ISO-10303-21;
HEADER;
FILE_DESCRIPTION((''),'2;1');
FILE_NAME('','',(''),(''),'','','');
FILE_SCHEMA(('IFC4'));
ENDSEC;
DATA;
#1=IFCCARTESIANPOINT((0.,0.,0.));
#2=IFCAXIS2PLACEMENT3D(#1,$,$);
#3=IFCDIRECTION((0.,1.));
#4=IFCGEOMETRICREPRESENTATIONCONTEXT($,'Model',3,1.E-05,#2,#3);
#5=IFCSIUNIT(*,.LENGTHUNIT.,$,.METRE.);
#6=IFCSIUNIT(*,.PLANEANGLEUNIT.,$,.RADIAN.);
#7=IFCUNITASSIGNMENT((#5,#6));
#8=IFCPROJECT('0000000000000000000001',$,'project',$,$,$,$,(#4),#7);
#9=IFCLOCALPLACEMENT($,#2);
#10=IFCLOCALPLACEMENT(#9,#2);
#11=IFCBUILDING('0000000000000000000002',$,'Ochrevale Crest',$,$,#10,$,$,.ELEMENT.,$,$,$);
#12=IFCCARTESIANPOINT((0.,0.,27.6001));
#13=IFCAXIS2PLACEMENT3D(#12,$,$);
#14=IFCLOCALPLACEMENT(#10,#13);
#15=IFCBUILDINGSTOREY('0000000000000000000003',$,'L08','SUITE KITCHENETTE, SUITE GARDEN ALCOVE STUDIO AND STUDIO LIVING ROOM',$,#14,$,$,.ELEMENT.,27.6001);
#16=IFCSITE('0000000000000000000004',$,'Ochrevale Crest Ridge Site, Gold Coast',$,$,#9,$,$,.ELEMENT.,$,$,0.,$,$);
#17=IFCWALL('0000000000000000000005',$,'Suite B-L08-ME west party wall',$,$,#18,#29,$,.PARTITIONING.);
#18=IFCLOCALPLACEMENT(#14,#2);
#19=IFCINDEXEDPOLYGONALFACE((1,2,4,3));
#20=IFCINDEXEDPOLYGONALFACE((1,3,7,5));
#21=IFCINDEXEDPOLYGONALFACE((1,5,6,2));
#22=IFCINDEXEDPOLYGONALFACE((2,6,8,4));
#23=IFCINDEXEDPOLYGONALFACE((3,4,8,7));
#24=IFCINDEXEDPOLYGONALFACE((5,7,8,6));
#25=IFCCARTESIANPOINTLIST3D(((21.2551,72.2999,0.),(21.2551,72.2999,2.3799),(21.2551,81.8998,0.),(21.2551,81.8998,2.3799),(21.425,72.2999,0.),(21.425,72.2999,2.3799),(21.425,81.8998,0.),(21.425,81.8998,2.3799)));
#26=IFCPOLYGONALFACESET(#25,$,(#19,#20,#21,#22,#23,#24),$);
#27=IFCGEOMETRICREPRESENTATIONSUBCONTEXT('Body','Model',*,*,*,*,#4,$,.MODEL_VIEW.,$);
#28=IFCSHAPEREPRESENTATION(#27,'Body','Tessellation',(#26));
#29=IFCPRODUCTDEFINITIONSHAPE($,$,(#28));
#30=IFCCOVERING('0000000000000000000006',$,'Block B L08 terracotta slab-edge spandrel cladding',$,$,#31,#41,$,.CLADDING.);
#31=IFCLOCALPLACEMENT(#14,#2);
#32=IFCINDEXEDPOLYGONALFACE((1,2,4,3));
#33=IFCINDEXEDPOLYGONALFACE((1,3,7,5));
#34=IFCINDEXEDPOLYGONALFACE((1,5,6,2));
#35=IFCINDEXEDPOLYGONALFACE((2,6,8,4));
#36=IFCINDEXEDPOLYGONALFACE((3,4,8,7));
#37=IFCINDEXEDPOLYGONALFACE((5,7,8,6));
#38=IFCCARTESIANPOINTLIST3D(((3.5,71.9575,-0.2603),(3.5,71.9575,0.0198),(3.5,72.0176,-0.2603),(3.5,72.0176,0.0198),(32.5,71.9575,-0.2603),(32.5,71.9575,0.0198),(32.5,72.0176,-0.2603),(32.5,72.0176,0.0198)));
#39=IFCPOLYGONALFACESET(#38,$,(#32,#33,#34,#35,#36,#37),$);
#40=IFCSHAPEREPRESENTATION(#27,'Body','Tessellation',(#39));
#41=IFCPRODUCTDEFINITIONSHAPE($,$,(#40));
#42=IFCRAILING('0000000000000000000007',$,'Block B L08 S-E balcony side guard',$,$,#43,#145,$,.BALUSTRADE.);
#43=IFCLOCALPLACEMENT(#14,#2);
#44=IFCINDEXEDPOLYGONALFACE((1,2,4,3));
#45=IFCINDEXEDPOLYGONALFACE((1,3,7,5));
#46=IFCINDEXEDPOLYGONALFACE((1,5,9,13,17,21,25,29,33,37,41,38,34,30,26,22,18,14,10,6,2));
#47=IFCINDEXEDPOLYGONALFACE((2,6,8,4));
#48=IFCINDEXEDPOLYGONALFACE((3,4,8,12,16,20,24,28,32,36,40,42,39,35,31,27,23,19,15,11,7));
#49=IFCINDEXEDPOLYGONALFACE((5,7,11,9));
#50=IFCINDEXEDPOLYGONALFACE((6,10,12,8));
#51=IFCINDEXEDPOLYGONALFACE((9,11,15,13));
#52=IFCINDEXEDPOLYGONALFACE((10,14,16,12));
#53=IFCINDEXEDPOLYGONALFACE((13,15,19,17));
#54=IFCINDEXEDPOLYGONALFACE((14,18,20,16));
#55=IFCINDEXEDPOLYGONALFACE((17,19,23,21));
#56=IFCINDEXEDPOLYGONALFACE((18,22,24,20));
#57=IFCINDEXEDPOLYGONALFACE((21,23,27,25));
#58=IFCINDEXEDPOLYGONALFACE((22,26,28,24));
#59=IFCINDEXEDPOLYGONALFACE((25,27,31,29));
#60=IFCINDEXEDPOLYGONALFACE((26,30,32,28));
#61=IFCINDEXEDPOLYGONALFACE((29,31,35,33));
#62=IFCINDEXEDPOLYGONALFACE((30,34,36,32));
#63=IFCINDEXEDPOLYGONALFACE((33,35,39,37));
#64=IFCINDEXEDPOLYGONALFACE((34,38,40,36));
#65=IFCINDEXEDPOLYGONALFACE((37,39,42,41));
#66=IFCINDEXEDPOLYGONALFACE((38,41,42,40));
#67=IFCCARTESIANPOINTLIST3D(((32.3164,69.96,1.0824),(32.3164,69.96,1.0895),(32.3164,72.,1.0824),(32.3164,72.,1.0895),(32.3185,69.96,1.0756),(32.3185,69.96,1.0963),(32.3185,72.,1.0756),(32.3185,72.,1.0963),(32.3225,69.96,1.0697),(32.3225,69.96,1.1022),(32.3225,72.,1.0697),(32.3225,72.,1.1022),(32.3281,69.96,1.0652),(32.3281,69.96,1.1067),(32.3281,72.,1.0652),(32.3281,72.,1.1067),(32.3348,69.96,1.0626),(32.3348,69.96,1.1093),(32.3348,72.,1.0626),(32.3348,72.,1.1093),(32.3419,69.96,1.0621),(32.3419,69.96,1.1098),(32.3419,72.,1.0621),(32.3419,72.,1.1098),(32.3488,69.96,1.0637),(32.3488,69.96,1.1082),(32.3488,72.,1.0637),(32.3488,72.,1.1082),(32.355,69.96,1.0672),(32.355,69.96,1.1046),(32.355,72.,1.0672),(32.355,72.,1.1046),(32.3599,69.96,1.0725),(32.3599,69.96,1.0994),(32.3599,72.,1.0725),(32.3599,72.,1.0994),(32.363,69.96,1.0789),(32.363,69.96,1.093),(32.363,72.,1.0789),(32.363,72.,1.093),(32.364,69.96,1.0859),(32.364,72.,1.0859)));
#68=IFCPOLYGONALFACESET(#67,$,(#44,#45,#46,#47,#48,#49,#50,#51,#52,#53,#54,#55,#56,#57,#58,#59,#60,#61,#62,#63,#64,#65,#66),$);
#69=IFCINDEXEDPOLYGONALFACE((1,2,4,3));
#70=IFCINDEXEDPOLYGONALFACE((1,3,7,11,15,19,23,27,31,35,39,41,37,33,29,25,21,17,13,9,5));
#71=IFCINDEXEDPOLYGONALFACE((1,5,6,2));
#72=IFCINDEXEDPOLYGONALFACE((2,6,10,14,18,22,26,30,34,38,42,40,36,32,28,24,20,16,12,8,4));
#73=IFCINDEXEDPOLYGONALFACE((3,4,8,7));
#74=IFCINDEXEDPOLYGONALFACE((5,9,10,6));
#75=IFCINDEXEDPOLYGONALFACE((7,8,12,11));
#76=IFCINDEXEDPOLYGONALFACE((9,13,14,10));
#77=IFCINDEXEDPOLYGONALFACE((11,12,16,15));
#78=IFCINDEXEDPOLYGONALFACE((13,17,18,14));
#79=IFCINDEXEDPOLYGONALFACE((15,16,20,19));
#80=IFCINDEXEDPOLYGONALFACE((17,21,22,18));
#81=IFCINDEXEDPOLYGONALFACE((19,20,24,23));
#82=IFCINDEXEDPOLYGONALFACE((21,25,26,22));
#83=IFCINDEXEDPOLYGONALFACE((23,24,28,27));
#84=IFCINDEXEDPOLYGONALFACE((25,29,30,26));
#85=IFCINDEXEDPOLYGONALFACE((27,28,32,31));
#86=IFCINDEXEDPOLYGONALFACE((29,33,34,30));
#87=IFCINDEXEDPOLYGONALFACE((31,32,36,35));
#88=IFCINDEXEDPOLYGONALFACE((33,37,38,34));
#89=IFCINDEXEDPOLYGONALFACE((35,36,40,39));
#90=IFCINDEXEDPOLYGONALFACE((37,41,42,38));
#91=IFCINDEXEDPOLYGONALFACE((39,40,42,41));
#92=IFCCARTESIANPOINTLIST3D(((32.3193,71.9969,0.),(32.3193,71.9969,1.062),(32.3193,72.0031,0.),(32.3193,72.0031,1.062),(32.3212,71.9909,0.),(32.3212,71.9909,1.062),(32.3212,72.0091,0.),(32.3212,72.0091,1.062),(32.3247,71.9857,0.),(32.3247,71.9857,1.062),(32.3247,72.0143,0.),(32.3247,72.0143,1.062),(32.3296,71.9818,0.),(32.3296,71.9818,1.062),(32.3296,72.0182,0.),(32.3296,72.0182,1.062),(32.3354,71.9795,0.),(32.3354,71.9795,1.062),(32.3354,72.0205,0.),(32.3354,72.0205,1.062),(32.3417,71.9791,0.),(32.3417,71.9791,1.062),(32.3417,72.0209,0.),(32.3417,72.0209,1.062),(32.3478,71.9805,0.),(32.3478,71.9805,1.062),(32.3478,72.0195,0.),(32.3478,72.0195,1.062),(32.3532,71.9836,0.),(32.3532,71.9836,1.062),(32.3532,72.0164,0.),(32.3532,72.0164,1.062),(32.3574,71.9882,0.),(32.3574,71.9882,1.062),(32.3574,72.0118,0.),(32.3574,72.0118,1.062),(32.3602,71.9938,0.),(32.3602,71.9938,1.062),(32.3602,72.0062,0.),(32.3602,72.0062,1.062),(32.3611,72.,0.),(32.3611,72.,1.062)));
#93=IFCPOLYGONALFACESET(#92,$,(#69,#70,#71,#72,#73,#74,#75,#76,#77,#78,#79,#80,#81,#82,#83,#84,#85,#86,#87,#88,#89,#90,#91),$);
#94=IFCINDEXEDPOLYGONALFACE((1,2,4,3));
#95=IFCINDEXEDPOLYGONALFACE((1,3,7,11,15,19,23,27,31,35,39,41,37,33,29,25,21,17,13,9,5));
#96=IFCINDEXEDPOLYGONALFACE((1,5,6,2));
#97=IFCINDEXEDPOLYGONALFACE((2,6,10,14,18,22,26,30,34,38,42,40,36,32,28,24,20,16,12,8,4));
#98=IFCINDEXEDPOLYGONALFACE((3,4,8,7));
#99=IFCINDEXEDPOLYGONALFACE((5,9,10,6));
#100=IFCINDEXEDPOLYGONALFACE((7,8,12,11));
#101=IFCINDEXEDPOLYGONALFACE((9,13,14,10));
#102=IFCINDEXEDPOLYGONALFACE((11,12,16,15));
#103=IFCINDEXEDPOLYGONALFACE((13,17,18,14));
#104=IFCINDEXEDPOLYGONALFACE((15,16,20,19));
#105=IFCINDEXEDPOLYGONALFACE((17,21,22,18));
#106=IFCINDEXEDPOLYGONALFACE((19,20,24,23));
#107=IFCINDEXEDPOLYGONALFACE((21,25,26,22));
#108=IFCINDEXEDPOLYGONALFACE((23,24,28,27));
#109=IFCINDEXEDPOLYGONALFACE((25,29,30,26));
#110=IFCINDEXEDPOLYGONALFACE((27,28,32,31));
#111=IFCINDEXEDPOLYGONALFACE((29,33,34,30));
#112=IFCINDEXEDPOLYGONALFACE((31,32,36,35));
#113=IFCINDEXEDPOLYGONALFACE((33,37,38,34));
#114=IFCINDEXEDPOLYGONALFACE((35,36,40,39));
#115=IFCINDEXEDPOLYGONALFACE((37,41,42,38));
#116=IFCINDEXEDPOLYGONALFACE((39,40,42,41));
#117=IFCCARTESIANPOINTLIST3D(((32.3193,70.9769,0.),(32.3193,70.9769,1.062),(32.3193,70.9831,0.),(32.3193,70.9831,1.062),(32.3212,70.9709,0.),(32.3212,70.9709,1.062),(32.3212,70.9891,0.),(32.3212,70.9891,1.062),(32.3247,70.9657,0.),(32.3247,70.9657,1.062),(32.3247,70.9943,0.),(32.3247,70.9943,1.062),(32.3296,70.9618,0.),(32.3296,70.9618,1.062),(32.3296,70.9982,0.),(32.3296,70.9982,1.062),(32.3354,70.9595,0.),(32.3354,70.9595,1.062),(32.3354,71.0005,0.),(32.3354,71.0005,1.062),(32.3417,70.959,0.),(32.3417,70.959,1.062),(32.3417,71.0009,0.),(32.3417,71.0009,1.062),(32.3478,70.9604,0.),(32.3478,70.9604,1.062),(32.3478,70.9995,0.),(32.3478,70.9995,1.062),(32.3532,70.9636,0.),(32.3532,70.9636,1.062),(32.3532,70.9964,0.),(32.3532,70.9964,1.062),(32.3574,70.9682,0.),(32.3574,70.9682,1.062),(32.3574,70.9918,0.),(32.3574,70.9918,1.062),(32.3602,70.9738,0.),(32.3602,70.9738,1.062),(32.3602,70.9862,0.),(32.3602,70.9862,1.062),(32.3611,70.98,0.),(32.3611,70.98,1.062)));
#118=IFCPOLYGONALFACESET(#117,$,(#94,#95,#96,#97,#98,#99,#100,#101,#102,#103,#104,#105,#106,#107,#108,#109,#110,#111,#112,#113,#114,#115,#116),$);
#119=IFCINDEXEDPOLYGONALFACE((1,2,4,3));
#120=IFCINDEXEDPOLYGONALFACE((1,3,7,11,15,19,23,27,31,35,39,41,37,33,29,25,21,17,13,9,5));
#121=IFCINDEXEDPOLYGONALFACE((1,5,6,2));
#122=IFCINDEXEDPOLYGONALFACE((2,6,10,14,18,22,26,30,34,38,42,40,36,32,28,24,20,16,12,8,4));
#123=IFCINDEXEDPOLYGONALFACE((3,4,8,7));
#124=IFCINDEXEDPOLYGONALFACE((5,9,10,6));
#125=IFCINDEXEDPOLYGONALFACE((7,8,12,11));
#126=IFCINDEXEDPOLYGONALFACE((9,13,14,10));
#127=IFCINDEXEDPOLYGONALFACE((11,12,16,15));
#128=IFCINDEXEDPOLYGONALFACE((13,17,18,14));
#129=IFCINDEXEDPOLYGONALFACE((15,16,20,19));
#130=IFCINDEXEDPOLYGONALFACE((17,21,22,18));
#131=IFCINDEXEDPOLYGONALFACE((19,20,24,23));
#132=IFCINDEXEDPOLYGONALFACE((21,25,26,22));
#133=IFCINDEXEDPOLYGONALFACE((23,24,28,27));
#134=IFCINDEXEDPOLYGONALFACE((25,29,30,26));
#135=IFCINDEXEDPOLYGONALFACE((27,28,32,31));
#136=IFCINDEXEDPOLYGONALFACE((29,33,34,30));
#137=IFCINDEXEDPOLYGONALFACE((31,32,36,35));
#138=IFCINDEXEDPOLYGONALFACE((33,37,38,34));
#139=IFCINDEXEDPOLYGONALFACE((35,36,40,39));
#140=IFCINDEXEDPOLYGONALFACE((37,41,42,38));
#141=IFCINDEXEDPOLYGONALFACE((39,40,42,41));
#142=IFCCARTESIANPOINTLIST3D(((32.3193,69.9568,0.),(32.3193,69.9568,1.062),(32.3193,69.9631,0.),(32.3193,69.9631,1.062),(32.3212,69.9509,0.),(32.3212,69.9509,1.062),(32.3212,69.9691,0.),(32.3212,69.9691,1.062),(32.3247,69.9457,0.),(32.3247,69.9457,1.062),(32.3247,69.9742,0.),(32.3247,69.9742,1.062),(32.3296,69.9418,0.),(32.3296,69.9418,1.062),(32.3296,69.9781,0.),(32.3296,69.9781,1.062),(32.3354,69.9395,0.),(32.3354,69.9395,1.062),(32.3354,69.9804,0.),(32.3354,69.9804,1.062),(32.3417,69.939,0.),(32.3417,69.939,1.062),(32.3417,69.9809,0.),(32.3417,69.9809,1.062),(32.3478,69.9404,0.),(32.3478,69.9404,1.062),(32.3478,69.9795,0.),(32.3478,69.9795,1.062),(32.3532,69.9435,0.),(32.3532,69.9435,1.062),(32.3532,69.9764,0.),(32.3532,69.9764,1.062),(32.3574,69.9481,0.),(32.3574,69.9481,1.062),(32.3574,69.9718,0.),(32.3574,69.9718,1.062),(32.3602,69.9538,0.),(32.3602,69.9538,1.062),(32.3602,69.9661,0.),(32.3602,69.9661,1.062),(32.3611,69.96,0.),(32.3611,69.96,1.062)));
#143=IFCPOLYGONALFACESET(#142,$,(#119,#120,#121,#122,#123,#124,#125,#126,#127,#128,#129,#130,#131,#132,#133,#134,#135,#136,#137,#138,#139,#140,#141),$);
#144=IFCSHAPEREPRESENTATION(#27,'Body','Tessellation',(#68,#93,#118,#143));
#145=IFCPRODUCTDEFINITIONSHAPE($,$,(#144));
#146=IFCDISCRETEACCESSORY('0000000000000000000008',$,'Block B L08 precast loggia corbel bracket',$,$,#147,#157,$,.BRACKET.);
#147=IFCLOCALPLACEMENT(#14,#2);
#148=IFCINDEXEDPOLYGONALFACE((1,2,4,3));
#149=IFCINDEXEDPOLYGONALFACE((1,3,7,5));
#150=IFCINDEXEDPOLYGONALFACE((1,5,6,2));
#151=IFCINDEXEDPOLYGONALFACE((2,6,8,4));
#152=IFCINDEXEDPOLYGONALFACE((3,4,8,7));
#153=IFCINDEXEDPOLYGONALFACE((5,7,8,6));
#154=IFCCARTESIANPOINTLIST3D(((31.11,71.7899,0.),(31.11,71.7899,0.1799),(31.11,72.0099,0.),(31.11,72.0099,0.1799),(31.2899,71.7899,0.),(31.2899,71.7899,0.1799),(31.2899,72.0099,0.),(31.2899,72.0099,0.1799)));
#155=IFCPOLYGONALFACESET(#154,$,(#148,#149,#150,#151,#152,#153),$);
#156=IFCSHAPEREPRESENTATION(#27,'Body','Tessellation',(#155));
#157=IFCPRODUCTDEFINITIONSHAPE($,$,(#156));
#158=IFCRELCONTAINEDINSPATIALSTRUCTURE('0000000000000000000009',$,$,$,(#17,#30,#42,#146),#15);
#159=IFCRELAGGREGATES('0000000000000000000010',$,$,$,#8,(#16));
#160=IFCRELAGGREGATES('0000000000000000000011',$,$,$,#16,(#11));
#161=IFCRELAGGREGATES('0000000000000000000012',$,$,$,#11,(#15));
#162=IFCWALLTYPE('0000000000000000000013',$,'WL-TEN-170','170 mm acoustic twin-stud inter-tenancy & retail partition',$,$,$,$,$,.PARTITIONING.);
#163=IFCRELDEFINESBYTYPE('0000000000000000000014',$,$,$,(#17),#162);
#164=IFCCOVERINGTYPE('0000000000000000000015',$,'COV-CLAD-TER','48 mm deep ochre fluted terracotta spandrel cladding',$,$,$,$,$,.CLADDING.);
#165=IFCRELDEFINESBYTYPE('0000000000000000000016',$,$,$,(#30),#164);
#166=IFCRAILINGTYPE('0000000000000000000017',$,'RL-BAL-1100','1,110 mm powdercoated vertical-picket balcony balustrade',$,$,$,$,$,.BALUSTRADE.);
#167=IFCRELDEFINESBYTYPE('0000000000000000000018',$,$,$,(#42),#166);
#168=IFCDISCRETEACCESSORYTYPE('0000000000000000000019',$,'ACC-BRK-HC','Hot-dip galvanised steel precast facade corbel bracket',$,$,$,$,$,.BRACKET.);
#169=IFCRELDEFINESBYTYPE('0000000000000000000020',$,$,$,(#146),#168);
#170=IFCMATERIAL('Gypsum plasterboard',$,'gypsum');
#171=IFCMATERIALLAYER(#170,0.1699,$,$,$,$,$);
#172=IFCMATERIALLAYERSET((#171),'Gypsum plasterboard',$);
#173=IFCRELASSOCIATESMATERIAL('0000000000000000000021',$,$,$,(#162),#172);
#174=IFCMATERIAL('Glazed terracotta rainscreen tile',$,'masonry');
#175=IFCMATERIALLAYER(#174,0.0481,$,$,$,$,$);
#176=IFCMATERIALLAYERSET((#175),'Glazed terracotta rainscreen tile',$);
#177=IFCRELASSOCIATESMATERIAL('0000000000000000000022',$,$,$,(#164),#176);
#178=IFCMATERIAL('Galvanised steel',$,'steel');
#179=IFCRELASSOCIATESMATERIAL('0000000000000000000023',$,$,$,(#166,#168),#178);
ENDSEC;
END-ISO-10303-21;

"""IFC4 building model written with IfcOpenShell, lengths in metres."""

from ifc_helpers import new_model, si_unit, direction, frame, frame_2d, origin, origin_2d, place, context, subcontext, project, spatial, rectangle, circle, extrude, material, layer, layer_set, type_object, element, save


model = new_model("IFC4")

# Units and contexts
model_context = context("Model", 3, precision=1e-05, world=origin(), true_north=direction((0.0, 1.0)))
body_context = subcontext(model_context, "Body", "Model", "MODEL_VIEW")
ifc_project = project(units=[si_unit("LENGTHUNIT", "METRE"), si_unit("PLANEANGLEUNIT", "RADIAN")], contexts=[model_context])

# Site, building, storey
site_placement = place(None, origin())
site = spatial("IfcSite", under=ifc_project, at=site_placement, Name="Ochrevale Crest Ridge Site, Gold Coast", CompositionType="ELEMENT", RefElevation=0.0)
building_placement = place(site_placement, origin())
building = spatial("IfcBuilding", under=site, at=building_placement, Name="Ochrevale Crest", CompositionType="ELEMENT")
storey_placement = place(building_placement, frame((0.0, 0.0, 27.6001)))
storey = spatial("IfcBuildingStorey", under=building, at=storey_placement, Name="L08", Description="SUITE KITCHENETTE, SUITE GARDEN ALCOVE STUDIO AND STUDIO LIVING ROOM", CompositionType="ELEMENT", Elevation=27.6001)

# Wall
ifc_material_1 = material(Name="Gypsum plasterboard", Category="gypsum")
ifc_layer_1 = layer(ifc_material_1, 0.1699)
ifc_layer_set_1 = layer_set([ifc_layer_1], Name="Gypsum plasterboard")
wall_type_1 = type_object("IfcWallType", Name="WL-TEN-170", Description="170 mm acoustic twin-stud inter-tenancy & retail partition", PredefinedType="PARTITIONING", material=ifc_layer_set_1)
wall_1_placement = place(storey_placement, frame((21.3401, 72.3, 0.0), z_axis=(0.0, 0.0, 1.0), x_axis=(0.0, 1.0, 0.0)))
element("IfcWall", 1, at=wall_1_placement, inside=storey, type_object=wall_type_1, Name="Suite B-L08-ME west party wall", PredefinedType="PARTITIONING", context=body_context, shape_type="SweptSolid", body=[
    extrude(rectangle(XDim=9.5999, YDim=0.1699, at=frame_2d((4.7998, 0.0))), origin(), (0.0, 0.0, 1.0), 2.3799),
])

# Covering
ifc_material_2 = material(Name="Glazed terracotta rainscreen tile", Category="masonry")
ifc_layer_2 = layer(ifc_material_2, 0.0481)
ifc_layer_set_2 = layer_set([ifc_layer_2], Name="Glazed terracotta rainscreen tile")
covering_type = type_object("IfcCoveringType", Name="COV-CLAD-TER", Description="48 mm deep ochre fluted terracotta spandrel cladding", PredefinedType="CLADDING", material=ifc_layer_set_2)
covering_placement = place(storey_placement, frame((18.0, 71.9875, -0.2603), z_axis=(0.0, 0.0, 1.0), x_axis=(1.0, 0.0, 0.0)))
element("IfcCovering", 2, at=covering_placement, inside=storey, type_object=covering_type, Name="Block B L08 terracotta slab-edge spandrel cladding", PredefinedType="CLADDING", context=body_context, shape_type="SweptSolid", body=[
    extrude(rectangle(XDim=29.0, YDim=0.0601, at=origin_2d()), origin(), (0.0, 0.0, 1.0), 0.28),
])

# Railing
ifc_material_3 = material(Name="Galvanised steel", Category="steel")
railing_type = type_object("IfcRailingType", Name="RL-BAL-1100", Description="1,110 mm powdercoated vertical-picket balcony balustrade", PredefinedType="BALUSTRADE", material=ifc_material_3)
railing_placement = place(storey_placement, frame((32.3401, 72.0, 0.0)))
element("IfcRailing", 3, at=railing_placement, inside=storey, type_object=railing_type, Name="Block B L08 S-E balcony side guard", PredefinedType="BALUSTRADE", context=body_context, shape_type="SweptSolid", body=[
    extrude(circle(Radius=0.0239, at=origin_2d()), frame((0.0, 0.0, 1.0859), z_axis=(0.0, -1.0, 0.0), x_axis=(1.0, 0.0, 0.0)), (0.0, 0.0, 1.0), 2.04),
    extrude(circle(Radius=0.021, at=origin_2d()), origin(), (0.0, 0.0, 1.0), 1.062),
    extrude(circle(Radius=0.021, at=origin_2d()), frame((0.0, -1.02, 0.0)), (0.0, 0.0, 1.0), 1.062),
    extrude(circle(Radius=0.021, at=origin_2d()), frame((0.0, -2.04, 0.0)), (0.0, 0.0, 1.0), 1.062),
])

# Discrete accessory
discrete_accessory_type = type_object("IfcDiscreteAccessoryType", Name="ACC-BRK-HC", Description="Hot-dip galvanised steel precast facade corbel bracket", PredefinedType="BRACKET", material=ifc_material_3)
discrete_accessory_placement = place(storey_placement, frame((31.2, 71.8999, 0.0), z_axis=(0.0, 0.0, 1.0), x_axis=(1.0, 0.0, 0.0)))
element("IfcDiscreteAccessory", 4, at=discrete_accessory_placement, inside=storey, type_object=discrete_accessory_type, Name="Block B L08 precast loggia corbel bracket", PredefinedType="BRACKET", context=body_context, shape_type="SweptSolid", body=[
    extrude(rectangle(XDim=0.1799, YDim=0.22, at=origin_2d()), origin(), (0.0, 0.0, 1.0), 0.1799),
])

save(model, "model.ifc")
